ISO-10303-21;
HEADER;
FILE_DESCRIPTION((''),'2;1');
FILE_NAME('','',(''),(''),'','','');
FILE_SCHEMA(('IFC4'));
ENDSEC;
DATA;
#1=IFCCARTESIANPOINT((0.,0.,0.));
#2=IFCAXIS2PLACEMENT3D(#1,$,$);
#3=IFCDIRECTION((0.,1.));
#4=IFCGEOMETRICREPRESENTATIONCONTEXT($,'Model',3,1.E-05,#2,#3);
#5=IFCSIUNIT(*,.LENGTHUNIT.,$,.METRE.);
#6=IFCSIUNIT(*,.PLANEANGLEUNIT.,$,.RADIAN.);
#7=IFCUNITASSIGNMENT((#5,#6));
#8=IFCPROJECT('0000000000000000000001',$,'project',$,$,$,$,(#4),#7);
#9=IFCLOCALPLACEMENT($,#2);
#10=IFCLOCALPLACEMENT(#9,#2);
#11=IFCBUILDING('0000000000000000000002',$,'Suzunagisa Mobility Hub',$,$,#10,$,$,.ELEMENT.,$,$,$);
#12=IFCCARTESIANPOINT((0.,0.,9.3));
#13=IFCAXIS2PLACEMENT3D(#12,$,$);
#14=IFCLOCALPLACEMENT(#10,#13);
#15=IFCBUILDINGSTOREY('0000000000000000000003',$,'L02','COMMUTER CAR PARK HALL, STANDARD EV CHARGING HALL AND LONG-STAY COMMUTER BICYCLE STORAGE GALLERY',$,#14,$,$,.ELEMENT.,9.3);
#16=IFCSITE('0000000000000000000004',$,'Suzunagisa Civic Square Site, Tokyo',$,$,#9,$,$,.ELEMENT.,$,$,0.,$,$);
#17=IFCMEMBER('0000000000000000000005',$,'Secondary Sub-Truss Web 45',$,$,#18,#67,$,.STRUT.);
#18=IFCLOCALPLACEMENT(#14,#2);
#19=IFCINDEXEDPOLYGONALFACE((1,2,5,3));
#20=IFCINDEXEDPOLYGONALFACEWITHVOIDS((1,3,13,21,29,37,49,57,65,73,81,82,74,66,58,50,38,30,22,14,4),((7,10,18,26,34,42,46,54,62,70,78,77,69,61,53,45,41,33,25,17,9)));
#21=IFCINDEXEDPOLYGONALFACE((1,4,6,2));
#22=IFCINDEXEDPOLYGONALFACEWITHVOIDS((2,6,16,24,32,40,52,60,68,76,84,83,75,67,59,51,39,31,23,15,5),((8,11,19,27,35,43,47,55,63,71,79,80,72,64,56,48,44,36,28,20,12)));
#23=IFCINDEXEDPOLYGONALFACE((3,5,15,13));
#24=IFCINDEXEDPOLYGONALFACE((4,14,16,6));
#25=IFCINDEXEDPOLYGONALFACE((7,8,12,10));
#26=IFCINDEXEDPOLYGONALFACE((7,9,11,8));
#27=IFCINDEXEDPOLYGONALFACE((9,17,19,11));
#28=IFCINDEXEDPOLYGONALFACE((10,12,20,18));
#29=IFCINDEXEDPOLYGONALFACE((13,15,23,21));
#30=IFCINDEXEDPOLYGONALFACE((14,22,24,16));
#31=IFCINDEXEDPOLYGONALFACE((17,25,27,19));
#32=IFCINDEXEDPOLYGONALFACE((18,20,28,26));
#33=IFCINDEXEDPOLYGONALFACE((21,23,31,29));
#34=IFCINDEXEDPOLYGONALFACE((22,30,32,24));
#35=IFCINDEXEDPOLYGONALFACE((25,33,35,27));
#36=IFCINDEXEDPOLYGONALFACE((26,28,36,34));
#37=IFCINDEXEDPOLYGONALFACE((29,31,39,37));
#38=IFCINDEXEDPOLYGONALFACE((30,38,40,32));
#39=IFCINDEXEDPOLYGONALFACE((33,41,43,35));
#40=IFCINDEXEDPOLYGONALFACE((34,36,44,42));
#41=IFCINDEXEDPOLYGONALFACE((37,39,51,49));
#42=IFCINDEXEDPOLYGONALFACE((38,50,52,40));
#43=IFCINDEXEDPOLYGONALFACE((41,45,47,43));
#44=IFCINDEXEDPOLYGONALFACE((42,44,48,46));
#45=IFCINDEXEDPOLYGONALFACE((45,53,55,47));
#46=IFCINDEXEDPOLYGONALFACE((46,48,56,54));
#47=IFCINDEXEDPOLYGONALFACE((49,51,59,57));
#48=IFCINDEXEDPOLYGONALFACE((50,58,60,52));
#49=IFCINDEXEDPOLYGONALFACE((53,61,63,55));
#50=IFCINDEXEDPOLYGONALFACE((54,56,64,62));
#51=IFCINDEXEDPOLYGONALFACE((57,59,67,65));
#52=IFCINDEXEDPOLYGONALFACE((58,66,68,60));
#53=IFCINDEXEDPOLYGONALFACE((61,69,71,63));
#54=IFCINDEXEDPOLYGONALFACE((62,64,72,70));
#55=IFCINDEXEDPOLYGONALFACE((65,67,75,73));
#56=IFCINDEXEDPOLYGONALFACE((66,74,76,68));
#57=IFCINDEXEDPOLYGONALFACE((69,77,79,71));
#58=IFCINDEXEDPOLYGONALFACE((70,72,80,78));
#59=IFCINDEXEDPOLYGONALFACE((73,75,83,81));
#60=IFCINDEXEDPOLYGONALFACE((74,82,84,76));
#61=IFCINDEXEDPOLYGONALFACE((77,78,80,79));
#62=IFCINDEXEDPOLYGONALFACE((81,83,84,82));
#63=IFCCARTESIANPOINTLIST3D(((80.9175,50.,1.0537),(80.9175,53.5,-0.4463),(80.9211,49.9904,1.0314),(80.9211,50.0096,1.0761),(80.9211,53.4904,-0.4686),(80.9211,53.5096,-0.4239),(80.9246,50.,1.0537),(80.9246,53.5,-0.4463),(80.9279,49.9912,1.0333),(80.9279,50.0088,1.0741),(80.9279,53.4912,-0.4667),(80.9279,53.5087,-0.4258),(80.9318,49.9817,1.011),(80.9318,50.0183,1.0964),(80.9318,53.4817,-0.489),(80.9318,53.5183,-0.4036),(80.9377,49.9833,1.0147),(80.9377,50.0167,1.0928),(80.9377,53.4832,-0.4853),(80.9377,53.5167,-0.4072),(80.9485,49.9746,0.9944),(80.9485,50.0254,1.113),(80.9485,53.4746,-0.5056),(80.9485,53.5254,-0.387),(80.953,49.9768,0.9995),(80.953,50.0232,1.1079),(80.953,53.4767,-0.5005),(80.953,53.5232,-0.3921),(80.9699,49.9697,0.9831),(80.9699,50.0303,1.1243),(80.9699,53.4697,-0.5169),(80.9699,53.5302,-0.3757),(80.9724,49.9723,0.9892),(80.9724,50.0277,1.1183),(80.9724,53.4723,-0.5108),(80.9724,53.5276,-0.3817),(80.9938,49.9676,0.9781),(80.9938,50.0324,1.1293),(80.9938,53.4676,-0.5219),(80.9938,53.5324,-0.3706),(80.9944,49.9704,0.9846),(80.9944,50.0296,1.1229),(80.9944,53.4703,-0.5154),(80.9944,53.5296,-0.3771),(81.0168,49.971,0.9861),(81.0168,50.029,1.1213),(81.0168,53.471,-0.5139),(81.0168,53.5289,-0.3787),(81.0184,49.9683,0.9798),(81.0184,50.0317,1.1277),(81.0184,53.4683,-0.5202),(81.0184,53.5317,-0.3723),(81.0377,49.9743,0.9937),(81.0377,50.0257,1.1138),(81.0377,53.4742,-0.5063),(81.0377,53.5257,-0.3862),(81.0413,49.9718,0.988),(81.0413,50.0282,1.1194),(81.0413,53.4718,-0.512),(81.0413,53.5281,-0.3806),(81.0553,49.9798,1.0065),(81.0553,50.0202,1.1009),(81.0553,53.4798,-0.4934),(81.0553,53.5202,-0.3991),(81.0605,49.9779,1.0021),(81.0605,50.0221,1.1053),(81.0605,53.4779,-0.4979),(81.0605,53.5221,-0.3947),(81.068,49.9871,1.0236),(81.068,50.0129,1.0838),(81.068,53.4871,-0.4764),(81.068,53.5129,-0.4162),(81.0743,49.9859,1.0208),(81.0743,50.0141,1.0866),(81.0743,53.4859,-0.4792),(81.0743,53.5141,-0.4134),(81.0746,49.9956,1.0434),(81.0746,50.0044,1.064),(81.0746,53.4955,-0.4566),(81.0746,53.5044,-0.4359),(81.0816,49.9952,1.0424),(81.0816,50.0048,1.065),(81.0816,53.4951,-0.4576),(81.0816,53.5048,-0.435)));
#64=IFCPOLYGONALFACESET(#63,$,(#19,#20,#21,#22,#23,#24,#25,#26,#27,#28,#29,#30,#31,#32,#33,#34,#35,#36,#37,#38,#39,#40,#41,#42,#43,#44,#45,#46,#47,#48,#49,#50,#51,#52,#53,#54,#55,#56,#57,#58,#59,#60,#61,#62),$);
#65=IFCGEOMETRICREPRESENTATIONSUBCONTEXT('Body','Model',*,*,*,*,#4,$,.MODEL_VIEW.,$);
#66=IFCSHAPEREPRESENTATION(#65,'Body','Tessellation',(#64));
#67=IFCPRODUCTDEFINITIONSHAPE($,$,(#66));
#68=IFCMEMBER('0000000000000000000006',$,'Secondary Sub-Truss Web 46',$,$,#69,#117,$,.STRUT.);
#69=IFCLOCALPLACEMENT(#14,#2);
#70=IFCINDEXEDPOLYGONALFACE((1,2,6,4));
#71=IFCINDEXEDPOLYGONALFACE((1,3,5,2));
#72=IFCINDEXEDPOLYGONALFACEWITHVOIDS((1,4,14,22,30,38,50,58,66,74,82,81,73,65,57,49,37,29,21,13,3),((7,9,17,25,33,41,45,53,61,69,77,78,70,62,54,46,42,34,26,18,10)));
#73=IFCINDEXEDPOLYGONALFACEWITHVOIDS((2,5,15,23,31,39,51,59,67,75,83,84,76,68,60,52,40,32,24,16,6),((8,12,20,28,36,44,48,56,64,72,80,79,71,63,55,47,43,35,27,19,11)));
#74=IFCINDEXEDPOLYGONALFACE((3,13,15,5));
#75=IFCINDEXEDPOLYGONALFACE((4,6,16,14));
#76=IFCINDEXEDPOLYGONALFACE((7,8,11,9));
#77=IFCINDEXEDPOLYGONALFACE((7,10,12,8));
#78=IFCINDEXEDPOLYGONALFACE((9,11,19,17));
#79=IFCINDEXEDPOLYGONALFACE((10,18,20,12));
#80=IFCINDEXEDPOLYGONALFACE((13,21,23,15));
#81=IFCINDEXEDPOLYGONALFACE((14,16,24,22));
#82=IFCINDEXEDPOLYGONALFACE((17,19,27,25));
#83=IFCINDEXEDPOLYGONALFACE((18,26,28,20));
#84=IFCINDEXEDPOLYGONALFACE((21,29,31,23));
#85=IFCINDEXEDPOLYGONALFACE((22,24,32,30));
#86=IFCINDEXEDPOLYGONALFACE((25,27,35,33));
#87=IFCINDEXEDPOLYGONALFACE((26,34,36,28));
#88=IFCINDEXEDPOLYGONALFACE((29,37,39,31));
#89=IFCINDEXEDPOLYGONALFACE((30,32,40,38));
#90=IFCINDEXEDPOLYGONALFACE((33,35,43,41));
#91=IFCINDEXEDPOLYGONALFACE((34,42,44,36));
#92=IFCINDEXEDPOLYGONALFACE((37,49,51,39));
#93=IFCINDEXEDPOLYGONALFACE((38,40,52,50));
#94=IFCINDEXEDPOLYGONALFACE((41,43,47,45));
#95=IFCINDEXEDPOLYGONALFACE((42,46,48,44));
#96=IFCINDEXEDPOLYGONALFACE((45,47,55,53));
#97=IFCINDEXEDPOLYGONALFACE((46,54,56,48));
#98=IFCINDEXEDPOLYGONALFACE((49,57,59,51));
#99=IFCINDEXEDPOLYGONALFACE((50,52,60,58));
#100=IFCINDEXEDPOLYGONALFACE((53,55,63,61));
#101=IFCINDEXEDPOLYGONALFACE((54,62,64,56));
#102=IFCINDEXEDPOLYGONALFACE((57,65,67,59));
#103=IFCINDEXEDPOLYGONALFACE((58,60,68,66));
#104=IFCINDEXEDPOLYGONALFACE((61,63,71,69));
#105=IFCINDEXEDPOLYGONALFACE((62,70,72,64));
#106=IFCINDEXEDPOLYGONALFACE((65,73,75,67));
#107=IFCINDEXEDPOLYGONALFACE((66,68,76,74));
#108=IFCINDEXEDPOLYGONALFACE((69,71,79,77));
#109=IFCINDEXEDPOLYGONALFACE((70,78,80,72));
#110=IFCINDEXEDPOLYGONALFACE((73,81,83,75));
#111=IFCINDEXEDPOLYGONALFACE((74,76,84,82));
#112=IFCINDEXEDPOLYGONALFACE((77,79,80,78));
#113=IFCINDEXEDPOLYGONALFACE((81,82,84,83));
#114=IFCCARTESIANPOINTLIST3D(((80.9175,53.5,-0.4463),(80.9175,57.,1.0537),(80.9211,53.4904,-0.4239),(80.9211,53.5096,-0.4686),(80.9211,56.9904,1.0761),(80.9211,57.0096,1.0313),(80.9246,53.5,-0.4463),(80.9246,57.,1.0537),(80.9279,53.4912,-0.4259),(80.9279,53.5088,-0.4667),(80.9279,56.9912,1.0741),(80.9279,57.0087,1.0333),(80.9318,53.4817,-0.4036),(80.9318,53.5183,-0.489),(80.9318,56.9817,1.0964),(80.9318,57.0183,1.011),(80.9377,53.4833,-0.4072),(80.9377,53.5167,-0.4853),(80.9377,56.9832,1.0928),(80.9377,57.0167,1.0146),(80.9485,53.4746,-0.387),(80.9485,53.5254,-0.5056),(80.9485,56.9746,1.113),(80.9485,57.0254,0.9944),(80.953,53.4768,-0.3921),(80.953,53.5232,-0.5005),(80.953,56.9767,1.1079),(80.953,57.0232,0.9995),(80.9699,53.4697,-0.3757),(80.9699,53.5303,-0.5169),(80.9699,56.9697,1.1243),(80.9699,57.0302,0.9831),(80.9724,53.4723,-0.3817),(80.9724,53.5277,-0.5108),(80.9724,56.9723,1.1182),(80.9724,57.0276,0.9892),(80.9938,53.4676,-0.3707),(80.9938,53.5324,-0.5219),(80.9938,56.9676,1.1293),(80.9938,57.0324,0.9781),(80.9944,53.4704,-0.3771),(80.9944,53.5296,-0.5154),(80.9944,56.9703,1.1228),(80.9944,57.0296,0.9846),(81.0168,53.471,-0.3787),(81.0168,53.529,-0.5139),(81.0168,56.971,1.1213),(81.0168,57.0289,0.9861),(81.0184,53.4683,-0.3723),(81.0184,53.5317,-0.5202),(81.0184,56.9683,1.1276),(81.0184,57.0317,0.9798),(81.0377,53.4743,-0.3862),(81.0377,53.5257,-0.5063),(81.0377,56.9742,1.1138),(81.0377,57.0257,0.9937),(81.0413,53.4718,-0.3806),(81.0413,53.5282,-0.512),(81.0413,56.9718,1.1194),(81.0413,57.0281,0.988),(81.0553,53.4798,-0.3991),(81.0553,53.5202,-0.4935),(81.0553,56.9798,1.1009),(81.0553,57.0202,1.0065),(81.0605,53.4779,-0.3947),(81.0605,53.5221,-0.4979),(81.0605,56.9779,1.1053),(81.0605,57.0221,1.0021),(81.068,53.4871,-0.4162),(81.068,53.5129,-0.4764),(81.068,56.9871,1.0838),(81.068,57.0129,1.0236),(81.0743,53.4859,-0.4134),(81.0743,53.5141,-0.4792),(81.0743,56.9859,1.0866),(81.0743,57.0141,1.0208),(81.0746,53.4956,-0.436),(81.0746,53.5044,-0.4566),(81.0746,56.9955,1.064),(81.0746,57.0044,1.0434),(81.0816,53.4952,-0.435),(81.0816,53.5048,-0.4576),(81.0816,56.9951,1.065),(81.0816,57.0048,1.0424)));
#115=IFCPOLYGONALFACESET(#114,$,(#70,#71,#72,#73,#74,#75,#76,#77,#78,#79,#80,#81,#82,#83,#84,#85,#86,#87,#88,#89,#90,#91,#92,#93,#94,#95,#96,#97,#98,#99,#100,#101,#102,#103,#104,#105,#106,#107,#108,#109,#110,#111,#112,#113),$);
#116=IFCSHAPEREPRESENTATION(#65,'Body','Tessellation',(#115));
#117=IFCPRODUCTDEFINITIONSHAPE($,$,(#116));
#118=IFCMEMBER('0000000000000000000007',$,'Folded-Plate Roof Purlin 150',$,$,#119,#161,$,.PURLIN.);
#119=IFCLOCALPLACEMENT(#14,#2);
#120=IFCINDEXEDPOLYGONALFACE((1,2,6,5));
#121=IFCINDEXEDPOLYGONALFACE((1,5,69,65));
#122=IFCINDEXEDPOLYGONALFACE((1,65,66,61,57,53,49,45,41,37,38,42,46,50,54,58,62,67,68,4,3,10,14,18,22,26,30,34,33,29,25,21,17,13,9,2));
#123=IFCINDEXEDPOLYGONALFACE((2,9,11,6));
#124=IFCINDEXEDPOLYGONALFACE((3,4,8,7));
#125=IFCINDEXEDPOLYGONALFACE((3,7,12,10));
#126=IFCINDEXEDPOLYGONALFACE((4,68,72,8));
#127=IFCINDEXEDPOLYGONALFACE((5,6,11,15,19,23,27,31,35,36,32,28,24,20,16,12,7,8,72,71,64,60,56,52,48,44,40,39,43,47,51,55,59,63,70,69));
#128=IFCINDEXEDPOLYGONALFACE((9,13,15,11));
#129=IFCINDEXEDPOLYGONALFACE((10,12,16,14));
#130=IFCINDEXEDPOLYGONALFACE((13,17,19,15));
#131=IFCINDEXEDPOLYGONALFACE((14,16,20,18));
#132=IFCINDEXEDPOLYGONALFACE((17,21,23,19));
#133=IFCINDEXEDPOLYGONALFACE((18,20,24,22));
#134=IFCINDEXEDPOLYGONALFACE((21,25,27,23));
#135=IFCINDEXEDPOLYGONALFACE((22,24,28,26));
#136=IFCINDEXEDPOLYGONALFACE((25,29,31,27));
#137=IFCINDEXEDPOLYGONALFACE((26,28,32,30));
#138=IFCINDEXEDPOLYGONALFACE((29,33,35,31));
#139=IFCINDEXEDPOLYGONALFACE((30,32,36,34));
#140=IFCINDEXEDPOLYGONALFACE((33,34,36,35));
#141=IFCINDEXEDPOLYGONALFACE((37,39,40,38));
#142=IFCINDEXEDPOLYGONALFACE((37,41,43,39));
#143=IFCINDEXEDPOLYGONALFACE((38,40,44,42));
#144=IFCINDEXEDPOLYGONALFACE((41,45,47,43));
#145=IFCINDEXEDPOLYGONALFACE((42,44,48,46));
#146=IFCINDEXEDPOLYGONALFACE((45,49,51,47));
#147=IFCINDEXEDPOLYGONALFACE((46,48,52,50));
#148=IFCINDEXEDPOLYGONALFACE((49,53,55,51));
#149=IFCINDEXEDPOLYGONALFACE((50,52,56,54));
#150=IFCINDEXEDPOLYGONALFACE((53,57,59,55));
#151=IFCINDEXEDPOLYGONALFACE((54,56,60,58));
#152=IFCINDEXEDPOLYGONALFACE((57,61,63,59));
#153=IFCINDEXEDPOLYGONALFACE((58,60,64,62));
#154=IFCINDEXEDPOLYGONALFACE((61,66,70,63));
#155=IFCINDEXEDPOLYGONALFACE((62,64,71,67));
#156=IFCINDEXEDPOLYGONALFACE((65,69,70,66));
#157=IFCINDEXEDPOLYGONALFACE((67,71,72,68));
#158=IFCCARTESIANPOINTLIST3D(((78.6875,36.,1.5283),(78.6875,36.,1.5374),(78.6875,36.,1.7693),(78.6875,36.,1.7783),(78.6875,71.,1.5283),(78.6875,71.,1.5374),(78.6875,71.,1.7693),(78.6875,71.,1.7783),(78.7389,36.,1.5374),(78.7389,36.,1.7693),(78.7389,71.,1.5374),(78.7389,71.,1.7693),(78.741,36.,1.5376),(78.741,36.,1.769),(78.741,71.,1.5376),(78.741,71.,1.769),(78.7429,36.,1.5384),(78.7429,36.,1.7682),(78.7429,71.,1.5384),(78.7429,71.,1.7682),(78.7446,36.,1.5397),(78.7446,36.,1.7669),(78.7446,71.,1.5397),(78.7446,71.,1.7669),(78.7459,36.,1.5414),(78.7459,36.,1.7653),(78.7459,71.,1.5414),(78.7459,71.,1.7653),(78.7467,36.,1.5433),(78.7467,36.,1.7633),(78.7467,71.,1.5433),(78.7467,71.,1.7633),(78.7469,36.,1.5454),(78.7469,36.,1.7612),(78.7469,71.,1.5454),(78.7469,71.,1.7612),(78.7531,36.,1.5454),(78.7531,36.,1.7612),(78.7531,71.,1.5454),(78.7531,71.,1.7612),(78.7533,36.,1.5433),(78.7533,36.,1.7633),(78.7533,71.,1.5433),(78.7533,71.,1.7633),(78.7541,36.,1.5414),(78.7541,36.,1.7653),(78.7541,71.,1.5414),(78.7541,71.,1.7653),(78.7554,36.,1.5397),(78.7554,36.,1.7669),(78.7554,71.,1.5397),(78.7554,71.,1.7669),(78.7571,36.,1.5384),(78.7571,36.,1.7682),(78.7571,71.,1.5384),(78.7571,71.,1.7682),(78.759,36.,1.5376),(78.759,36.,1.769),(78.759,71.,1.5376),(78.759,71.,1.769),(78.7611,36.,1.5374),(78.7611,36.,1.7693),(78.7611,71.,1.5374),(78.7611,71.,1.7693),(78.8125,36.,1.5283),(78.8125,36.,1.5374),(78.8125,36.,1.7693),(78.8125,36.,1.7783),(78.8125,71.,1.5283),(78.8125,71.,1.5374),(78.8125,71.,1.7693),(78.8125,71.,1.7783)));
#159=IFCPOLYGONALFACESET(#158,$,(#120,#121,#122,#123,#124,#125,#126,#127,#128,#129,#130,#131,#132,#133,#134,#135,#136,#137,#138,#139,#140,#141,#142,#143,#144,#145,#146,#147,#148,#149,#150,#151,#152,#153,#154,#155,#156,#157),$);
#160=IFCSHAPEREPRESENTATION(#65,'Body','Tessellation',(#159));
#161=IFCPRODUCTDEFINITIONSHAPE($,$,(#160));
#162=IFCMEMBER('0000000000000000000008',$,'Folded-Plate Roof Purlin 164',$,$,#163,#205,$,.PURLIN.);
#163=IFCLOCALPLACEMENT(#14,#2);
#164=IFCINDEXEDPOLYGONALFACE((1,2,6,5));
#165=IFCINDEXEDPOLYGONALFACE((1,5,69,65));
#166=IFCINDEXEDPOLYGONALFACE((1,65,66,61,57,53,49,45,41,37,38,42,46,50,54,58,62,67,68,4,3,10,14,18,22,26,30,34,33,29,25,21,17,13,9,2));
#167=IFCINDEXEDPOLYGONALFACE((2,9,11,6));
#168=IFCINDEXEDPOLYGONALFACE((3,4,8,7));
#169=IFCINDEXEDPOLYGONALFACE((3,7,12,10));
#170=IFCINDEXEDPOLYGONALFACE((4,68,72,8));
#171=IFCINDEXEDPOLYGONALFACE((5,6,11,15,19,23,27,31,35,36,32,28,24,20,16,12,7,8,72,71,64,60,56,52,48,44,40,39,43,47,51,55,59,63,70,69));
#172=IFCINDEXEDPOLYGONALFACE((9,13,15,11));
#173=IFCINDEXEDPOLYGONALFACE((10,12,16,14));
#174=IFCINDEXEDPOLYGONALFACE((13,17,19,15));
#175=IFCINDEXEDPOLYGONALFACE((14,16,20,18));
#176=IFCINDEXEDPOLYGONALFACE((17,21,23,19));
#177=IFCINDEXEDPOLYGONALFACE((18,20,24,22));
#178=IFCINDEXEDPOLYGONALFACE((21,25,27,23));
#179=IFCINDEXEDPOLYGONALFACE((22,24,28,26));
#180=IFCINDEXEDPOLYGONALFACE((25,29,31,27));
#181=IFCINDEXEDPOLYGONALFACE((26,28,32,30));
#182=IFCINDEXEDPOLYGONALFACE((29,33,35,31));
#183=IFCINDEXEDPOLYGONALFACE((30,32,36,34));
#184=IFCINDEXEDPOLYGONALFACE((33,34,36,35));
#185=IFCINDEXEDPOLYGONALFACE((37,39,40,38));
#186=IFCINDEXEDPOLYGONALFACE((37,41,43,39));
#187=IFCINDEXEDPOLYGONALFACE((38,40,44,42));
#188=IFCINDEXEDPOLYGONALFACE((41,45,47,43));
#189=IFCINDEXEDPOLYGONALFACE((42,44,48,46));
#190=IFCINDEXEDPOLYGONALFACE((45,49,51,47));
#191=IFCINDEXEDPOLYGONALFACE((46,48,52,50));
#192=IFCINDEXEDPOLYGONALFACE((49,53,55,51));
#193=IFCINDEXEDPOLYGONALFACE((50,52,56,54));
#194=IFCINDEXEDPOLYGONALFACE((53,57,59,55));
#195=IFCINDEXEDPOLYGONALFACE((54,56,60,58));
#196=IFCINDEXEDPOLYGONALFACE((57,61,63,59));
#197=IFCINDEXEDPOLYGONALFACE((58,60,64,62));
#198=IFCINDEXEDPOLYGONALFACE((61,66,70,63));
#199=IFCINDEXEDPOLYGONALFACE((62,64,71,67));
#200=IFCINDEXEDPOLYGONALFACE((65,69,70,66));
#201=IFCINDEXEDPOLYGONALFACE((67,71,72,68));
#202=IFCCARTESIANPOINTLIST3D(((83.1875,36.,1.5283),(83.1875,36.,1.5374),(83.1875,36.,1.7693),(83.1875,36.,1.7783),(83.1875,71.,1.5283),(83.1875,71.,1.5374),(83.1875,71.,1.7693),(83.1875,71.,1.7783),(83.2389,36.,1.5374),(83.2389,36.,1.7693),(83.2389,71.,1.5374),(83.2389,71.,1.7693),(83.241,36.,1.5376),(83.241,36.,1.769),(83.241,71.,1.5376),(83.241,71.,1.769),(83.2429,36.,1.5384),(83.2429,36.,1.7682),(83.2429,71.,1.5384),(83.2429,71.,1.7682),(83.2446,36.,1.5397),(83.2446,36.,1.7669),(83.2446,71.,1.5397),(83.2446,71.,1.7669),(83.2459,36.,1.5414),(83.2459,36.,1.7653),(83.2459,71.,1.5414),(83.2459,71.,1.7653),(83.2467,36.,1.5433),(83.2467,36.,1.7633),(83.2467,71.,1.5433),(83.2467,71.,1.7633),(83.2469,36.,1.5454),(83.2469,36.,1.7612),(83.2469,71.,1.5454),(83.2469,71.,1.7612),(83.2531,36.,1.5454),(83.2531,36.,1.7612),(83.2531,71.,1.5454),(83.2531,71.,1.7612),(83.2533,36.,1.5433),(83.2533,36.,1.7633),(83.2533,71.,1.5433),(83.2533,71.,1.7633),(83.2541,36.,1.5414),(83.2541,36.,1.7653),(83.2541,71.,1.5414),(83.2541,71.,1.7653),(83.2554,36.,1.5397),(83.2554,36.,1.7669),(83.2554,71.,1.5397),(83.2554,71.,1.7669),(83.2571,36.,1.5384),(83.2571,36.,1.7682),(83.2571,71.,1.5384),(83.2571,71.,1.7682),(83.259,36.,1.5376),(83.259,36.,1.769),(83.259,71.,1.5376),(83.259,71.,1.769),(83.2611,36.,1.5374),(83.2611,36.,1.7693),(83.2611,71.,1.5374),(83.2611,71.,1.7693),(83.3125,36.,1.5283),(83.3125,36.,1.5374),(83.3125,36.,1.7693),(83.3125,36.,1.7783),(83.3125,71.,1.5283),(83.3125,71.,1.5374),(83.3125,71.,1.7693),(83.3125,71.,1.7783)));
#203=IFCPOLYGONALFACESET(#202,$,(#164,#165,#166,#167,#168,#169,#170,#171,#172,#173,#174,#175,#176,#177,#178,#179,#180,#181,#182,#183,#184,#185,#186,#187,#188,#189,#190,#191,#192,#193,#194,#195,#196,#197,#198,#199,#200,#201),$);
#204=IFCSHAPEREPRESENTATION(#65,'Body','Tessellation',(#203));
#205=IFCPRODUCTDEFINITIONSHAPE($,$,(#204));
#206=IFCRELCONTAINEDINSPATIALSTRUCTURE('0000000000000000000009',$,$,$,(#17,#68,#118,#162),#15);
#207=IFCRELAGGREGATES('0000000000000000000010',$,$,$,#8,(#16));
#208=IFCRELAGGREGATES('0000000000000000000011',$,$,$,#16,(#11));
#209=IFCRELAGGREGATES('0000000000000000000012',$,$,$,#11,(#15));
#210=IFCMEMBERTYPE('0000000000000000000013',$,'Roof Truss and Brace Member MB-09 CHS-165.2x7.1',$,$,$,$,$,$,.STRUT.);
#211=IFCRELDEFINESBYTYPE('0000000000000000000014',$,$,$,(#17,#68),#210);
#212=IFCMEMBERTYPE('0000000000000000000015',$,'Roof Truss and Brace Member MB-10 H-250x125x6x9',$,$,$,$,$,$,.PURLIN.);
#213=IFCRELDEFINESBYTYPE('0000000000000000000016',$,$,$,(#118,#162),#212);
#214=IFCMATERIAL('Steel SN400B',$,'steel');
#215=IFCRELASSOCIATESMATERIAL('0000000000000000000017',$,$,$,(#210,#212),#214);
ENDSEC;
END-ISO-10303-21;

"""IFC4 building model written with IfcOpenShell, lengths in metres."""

from ifc_helpers import new_model, si_unit, direction, frame, origin, origin_2d, place, context, subcontext, project, spatial, hollow_circle, i_section, extrude, material, material_profile, profile_set, type_object, element, save


model = new_model("IFC4")

# Units and contexts
model_context = context("Model", 3, precision=1e-05, world=origin(), true_north=direction((0.0, 1.0)))
body_context = subcontext(model_context, "Body", "Model", "MODEL_VIEW")
ifc_project = project(units=[si_unit("LENGTHUNIT", "METRE"), si_unit("PLANEANGLEUNIT", "RADIAN")], contexts=[model_context])

# Site, building, storey
site_placement = place(None, origin())
site = spatial("IfcSite", under=ifc_project, at=site_placement, Name="Suzunagisa Civic Square Site, Tokyo", CompositionType="ELEMENT", RefElevation=0.0)
building_placement = place(site_placement, origin())
building = spatial("IfcBuilding", under=site, at=building_placement, Name="Suzunagisa Mobility Hub", CompositionType="ELEMENT")
storey_placement = place(building_placement, frame((0.0, 0.0, 9.3)))
storey = spatial("IfcBuildingStorey", under=building, at=storey_placement, Name="L02", Description="COMMUTER CAR PARK HALL, STANDARD EV CHARGING HALL AND LONG-STAY COMMUTER BICYCLE STORAGE GALLERY", CompositionType="ELEMENT", Elevation=9.3)

# Members
ifc_material_1 = material(Name="Steel SN400B", Category="steel")
ifc_material_profile_1 = material_profile(ifc_material_1, hollow_circle(Radius=0.0825, WallThickness=0.0071, at=origin_2d()), Name="CHS-165.2x7.1")
ifc_profile_set_1 = profile_set([ifc_material_profile_1], Name="Steel SN400B")
member_type_1 = type_object("IfcMemberType", Name="Roof Truss and Brace Member MB-09 CHS-165.2x7.1", PredefinedType="STRUT", material=ifc_profile_set_1)
for number, where, z_axis, x_axis, name in (
    (1, (81.0, 50.0, 1.0537), (0.0, 0.919145, -0.393919), (-1.0, 0.0, 0.0), "Secondary Sub-Truss Web 45"),
    (2, (81.0, 53.5, -0.4463), (0.0, 0.919145, 0.393919), (-1.0, 0.0, 0.0), "Secondary Sub-Truss Web 46"),
):
    element("IfcMember", number, at=place(storey_placement, frame(where, z_axis=z_axis, x_axis=x_axis)), inside=storey, type_object=member_type_1, Name=name, PredefinedType="STRUT", context=body_context, shape_type="SweptSolid", body=[
        extrude(hollow_circle(Radius=0.0825, WallThickness=0.0071, at=origin_2d()), origin(), (0.0, 0.0, 1.0), 3.8079),
    ])
ifc_material_profile_2 = material_profile(ifc_material_1, i_section(OverallWidth=0.125, OverallDepth=0.25, WebThickness=0.0061, FlangeThickness=0.009, FilletRadius=0.0081, at=origin_2d()), Name="H-250x125x6x9")
ifc_profile_set_2 = profile_set([ifc_material_profile_2], Name="Steel SN400B")
member_type_2 = type_object("IfcMemberType", Name="Roof Truss and Brace Member MB-10 H-250x125x6x9", PredefinedType="PURLIN", material=ifc_profile_set_2)
for number, where, z_axis, x_axis, name in (
    (3, (78.75, 36.0, 1.6533), (0.0, 1.0, 0.0), (-1.0, 0.0, 0.0), "Folded-Plate Roof Purlin 150"),
    (4, (83.25, 36.0, 1.6533), (0.0, 1.0, 0.0), (-1.0, 0.0, 0.0), "Folded-Plate Roof Purlin 164"),
):
    element("IfcMember", number, at=place(storey_placement, frame(where, z_axis=z_axis, x_axis=x_axis)), inside=storey, type_object=member_type_2, Name=name, PredefinedType="PURLIN", context=body_context, shape_type="SweptSolid", body=[
        extrude(i_section(OverallWidth=0.125, OverallDepth=0.25, WebThickness=0.0061, FlangeThickness=0.009, FilletRadius=0.0081, at=origin_2d()), origin(), (0.0, 0.0, 1.0), 35.0),
    ])

save(model, "model.ifc")
